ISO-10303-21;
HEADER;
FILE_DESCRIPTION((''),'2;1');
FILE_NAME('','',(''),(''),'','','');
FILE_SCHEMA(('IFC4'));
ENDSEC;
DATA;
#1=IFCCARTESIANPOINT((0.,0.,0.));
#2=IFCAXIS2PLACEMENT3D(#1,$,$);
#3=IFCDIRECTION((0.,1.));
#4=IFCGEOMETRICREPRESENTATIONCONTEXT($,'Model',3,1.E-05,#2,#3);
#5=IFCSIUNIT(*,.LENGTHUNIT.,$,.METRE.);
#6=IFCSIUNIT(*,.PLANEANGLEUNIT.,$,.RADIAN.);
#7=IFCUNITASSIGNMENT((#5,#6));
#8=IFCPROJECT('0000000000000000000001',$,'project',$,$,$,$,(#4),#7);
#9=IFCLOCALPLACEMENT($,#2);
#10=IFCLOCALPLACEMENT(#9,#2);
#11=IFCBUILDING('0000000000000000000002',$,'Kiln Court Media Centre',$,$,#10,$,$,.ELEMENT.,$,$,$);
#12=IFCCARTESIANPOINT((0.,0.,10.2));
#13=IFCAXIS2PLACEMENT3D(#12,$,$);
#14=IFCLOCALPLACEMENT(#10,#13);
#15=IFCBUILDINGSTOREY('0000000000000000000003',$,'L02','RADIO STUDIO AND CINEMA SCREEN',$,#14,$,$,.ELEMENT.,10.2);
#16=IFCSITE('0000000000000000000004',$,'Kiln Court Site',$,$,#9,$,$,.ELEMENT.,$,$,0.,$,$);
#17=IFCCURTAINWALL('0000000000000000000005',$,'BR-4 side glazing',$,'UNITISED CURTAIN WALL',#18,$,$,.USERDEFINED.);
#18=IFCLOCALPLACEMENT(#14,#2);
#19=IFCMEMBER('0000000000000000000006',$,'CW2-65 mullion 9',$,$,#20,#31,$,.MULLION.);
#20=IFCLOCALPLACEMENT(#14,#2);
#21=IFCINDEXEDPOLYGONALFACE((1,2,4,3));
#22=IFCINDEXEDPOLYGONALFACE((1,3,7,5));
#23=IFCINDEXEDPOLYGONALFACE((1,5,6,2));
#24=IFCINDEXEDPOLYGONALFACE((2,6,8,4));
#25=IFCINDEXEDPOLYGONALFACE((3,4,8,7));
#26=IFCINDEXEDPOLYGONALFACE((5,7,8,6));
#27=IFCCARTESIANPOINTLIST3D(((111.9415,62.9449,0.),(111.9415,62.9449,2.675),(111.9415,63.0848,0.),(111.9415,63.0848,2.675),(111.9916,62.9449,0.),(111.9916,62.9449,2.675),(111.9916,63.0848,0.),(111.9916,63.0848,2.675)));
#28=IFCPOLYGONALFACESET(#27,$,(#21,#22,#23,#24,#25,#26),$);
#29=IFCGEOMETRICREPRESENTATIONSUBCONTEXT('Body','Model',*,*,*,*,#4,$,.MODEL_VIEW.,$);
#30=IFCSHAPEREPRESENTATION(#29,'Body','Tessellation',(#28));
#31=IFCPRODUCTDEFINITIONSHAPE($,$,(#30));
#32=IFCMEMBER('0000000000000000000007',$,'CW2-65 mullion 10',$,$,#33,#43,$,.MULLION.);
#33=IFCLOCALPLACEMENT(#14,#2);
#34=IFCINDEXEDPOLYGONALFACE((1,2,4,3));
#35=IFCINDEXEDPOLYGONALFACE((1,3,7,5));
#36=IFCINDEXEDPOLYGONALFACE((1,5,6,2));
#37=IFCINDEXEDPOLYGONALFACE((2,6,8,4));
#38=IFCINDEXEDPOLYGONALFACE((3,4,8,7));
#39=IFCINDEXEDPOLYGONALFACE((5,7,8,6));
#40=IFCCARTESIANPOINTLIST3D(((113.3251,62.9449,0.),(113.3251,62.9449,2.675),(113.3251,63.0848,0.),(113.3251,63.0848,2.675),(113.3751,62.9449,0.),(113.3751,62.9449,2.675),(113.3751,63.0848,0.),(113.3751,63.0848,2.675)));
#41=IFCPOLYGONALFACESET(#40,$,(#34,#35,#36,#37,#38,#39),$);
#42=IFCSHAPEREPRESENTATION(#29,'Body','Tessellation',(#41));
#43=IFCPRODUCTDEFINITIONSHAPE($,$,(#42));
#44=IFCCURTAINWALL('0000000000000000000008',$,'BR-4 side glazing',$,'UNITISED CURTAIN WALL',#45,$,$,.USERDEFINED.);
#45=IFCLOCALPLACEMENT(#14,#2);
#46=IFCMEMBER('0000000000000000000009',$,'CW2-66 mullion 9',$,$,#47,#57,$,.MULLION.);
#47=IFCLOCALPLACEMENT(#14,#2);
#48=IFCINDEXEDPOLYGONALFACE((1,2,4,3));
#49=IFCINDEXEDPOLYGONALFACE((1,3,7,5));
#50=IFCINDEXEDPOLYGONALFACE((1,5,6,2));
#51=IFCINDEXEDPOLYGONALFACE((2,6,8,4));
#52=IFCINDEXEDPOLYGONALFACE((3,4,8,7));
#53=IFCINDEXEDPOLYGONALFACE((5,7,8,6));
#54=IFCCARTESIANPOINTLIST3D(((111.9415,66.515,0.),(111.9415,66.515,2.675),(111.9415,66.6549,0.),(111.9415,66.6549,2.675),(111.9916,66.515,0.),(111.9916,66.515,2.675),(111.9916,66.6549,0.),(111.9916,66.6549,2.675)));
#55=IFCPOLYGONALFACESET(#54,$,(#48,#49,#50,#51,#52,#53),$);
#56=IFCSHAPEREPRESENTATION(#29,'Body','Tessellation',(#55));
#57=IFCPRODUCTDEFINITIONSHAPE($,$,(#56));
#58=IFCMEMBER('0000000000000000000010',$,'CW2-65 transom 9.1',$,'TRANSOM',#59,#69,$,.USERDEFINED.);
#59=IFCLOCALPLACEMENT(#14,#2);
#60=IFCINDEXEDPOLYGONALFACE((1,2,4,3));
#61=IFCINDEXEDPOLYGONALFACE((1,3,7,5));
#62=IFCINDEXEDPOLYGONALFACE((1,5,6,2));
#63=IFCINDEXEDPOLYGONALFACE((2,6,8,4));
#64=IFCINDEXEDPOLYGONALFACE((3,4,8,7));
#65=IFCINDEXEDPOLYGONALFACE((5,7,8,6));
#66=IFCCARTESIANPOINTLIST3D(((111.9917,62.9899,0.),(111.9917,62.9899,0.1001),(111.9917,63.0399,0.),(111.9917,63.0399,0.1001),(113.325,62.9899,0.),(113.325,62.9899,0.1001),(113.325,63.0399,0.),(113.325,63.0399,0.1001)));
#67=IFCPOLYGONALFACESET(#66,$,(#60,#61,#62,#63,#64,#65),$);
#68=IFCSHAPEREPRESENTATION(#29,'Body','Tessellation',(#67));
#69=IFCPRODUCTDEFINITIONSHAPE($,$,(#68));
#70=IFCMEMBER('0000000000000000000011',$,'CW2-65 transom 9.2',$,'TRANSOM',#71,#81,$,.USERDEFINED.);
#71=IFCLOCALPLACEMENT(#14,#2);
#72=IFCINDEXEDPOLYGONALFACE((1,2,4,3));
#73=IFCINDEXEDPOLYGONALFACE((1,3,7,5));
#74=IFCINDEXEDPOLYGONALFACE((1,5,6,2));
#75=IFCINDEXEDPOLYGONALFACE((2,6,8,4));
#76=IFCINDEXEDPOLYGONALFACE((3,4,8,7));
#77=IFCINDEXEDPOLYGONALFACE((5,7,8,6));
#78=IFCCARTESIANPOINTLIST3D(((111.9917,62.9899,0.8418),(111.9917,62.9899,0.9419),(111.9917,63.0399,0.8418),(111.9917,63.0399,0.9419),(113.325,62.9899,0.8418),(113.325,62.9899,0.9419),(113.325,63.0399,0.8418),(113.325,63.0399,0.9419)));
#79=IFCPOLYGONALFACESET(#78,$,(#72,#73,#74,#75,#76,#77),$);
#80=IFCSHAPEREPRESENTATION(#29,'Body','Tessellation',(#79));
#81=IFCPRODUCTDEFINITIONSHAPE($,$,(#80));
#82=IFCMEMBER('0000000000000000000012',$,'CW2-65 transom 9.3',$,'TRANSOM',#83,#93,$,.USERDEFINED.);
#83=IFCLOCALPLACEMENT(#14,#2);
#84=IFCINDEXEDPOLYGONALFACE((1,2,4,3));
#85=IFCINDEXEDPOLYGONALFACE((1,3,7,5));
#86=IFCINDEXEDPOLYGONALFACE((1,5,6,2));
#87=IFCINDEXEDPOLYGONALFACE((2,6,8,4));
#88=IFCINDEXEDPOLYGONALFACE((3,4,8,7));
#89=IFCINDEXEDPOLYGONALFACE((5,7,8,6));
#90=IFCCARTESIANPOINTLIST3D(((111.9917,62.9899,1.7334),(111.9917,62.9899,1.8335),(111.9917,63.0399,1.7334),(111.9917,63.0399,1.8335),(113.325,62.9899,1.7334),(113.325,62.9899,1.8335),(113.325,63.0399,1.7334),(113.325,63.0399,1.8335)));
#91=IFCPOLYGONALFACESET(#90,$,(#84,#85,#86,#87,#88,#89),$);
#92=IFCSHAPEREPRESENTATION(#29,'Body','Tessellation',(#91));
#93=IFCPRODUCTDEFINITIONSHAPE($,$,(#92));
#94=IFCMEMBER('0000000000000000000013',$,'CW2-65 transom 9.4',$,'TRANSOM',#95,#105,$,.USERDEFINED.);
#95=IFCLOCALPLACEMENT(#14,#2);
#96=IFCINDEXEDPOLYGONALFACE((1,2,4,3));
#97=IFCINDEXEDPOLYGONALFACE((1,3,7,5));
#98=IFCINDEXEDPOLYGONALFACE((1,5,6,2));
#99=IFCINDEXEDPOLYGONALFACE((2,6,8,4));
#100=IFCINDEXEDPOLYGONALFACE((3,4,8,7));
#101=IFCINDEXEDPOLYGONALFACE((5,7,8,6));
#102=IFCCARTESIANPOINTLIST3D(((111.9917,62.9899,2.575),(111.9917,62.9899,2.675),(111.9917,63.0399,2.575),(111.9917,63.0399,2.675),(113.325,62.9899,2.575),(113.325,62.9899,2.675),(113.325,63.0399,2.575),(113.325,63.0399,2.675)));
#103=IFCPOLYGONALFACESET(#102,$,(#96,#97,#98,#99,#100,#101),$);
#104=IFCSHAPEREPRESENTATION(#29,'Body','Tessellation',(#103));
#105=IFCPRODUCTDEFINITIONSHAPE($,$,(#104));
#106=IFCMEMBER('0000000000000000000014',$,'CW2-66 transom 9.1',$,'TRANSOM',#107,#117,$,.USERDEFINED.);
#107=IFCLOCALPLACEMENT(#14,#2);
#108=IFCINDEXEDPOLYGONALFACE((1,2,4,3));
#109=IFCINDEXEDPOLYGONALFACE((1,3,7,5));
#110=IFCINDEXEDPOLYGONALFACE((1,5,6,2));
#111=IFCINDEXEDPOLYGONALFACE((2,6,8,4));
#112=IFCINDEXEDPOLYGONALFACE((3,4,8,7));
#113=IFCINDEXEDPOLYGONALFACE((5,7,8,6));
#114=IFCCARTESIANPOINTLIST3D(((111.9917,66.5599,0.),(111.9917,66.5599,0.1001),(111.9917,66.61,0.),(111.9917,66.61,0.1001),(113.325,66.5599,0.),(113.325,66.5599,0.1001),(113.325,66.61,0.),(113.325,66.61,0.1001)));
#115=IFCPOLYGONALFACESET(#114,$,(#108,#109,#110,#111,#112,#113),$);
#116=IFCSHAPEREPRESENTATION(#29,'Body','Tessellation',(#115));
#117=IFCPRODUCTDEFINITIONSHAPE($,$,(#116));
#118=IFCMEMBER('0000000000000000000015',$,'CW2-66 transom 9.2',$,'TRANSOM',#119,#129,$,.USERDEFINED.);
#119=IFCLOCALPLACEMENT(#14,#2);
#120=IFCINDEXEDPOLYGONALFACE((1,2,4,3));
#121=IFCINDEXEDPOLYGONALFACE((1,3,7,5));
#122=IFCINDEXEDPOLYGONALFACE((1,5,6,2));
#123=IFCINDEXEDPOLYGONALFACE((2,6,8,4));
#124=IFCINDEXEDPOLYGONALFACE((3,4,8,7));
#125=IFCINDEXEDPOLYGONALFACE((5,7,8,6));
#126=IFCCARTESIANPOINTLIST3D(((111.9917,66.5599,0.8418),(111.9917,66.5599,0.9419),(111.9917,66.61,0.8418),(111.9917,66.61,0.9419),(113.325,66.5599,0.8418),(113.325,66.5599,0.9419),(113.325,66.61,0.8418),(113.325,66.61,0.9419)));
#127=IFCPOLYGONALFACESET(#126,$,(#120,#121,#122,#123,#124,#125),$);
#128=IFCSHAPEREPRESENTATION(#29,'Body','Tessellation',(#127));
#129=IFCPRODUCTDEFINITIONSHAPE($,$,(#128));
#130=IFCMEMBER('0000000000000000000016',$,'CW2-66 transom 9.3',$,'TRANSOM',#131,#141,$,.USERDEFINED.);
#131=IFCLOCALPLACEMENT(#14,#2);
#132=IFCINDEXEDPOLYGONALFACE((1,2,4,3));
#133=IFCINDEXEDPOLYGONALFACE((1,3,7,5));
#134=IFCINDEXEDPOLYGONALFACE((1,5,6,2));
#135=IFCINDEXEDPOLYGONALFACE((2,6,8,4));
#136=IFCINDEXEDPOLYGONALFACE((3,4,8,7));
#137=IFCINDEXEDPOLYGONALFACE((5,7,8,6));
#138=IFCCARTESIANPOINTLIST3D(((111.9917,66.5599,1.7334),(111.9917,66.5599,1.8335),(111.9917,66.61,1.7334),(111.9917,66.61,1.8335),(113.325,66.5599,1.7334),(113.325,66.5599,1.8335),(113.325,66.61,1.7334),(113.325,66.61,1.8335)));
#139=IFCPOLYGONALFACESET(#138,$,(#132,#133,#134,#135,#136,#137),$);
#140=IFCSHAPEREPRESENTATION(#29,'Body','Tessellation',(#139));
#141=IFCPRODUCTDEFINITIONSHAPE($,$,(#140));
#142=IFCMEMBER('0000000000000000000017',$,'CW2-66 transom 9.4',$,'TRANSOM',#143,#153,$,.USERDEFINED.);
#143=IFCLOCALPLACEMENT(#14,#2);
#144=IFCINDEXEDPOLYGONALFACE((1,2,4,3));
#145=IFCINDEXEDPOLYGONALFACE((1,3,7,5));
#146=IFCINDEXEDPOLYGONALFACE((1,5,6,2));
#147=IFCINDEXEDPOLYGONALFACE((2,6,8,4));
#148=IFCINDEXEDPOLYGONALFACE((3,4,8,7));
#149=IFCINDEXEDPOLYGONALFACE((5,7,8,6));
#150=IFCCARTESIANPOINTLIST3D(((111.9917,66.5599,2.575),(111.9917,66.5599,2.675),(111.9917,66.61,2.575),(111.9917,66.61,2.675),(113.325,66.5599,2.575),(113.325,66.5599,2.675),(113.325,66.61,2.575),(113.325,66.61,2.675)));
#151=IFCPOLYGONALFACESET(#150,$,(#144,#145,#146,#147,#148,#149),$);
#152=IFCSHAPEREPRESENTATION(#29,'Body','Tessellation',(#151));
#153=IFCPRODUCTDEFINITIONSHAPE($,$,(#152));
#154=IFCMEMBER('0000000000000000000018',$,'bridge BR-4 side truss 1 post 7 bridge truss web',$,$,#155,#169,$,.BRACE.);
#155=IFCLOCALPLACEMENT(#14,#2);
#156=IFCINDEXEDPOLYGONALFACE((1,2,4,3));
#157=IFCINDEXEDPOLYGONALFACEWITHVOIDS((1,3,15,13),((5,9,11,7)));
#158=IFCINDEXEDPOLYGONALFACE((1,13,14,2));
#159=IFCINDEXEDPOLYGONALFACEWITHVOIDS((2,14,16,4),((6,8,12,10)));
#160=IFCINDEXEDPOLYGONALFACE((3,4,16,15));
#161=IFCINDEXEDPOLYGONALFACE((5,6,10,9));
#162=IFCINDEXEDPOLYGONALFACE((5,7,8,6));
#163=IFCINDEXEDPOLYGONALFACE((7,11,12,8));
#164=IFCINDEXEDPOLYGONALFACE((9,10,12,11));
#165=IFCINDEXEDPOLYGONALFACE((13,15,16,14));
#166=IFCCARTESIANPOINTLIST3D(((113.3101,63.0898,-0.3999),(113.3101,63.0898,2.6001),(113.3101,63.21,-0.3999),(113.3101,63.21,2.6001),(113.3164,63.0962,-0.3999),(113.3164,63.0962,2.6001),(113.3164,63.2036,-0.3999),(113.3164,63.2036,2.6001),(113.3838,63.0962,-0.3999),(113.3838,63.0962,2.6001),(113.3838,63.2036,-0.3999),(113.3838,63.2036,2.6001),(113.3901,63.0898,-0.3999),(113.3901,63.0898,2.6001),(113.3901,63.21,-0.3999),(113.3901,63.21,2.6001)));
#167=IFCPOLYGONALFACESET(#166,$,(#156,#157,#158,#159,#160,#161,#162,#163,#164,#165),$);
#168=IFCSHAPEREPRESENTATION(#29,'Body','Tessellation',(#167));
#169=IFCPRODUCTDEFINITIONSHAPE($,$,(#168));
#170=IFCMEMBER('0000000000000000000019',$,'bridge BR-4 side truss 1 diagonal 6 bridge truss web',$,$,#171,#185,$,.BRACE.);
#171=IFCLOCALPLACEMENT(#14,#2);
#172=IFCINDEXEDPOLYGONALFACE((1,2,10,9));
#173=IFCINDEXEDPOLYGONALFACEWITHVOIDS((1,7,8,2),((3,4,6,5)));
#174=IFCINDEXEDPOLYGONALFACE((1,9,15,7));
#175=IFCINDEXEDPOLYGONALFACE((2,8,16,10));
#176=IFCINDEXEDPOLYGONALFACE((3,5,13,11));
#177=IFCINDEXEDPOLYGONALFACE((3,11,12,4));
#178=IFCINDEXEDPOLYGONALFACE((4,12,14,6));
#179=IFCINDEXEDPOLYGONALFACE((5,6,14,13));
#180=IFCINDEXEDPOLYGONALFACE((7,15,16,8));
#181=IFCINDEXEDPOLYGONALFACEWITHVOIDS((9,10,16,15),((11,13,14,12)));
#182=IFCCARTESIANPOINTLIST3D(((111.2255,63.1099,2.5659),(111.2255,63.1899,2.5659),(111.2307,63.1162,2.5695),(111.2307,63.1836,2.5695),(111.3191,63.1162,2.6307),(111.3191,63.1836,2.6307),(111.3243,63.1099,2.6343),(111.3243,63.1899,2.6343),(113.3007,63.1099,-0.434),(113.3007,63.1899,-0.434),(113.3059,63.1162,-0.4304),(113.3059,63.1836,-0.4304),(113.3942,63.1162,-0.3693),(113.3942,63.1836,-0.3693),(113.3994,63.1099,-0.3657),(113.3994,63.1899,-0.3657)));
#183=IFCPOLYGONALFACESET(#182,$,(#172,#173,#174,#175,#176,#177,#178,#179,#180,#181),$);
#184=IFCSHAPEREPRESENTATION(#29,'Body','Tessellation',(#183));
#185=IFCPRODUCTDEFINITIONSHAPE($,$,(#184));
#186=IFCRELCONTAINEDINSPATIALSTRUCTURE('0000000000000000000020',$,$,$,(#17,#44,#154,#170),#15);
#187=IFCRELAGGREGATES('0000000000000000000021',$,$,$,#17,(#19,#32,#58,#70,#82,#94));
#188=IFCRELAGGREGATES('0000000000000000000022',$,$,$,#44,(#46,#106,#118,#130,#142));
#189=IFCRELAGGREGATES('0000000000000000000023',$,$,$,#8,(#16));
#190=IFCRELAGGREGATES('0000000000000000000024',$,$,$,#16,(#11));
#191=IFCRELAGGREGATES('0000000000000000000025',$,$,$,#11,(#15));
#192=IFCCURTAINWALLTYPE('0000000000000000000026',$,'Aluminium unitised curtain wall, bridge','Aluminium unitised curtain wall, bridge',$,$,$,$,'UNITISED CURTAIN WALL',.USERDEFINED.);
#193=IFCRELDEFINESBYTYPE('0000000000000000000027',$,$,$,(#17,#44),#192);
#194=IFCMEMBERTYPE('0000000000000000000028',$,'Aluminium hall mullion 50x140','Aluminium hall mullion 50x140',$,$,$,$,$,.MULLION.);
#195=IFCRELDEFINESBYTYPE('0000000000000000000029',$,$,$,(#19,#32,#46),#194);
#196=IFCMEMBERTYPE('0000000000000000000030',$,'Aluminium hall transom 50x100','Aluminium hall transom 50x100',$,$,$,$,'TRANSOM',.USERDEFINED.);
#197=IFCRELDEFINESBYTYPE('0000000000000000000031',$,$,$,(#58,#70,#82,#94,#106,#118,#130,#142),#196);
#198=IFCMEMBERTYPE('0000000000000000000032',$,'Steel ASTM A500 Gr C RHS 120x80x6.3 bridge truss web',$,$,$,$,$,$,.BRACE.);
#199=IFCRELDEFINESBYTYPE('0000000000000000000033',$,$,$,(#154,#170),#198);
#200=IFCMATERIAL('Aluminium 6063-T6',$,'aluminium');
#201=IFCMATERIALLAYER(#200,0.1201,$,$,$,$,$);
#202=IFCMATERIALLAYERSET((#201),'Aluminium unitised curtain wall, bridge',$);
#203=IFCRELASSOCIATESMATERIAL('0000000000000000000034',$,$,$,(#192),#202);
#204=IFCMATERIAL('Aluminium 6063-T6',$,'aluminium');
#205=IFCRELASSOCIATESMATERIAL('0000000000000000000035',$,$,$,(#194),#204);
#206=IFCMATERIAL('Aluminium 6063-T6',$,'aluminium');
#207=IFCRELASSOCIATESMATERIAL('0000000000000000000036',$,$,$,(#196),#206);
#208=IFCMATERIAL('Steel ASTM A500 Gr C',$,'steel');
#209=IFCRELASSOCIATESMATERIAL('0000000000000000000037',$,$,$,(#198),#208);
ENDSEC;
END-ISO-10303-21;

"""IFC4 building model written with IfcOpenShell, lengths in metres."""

from ifc_helpers import new_model, si_unit, direction, frame, origin, origin_2d, place, context, subcontext, project, spatial, rectangle, hollow_rectangle, extrude, material, layer, layer_set, material_profile, profile_set, type_object, element, aggregate, save


model = new_model("IFC4")

# Units and contexts
model_context = context("Model", 3, precision=1e-05, world=origin(), true_north=direction((0.0, 1.0)))
body_context = subcontext(model_context, "Body", "Model", "MODEL_VIEW")
ifc_project = project(units=[si_unit("LENGTHUNIT", "METRE"), si_unit("PLANEANGLEUNIT", "RADIAN")], contexts=[model_context])

# Site, building, storey
site_placement = place(None, origin())
site = spatial("IfcSite", under=ifc_project, at=site_placement, Name="Kiln Court Site", CompositionType="ELEMENT", RefElevation=0.0)
building_placement = place(site_placement, origin())
building = spatial("IfcBuilding", under=site, at=building_placement, Name="Kiln Court Media Centre", CompositionType="ELEMENT")
storey_placement = place(building_placement, frame((0.0, 0.0, 10.2)))
storey = spatial("IfcBuildingStorey", under=building, at=storey_placement, Name="L02", Description="RADIO STUDIO AND CINEMA SCREEN", CompositionType="ELEMENT", Elevation=10.2)

# Curtain wall, members
ifc_material_1 = material(Name="Aluminium 6063-T6", Category="aluminium")
ifc_layer_1 = layer(ifc_material_1, 0.1201)
ifc_layer_set_1 = layer_set([ifc_layer_1], Name="Aluminium unitised curtain wall, bridge")
curtain_wall_type = type_object("IfcCurtainWallType", Name="Aluminium unitised curtain wall, bridge", Description="Aluminium unitised curtain wall, bridge", ElementType="UNITISED CURTAIN WALL", PredefinedType="USERDEFINED", material=ifc_layer_set_1)
curtain_wall_1_placement = place(storey_placement, origin())
curtain_wall_1 = element("IfcCurtainWall", 1, at=curtain_wall_1_placement, inside=storey, type_object=curtain_wall_type, Name="BR-4 side glazing", ObjectType="UNITISED CURTAIN WALL", PredefinedType="USERDEFINED")
ifc_material_2 = material(Name="Aluminium 6063-T6", Category="aluminium")
ifc_material_profile_1 = material_profile(ifc_material_2, rectangle(XDim=0.05, YDim=0.1399, at=origin_2d()), Name="Aluminium hall mullion 50x140")
ifc_profile_set_1 = profile_set([ifc_material_profile_1], Name="Aluminium 6063-T6")
member_type_1 = type_object("IfcMemberType", Name="Aluminium hall mullion 50x140", Description="Aluminium hall mullion 50x140", PredefinedType="MULLION", material=ifc_profile_set_1)
member_1_placement = place(storey_placement, frame((111.9666, 63.0149, 0.0), z_axis=(0.0, 0.0, 1.0), x_axis=(1.0, 0.0, 0.0)))
member_1 = element("IfcMember", 2, at=member_1_placement, type_object=member_type_1, Name="CW2-65 mullion 9", PredefinedType="MULLION", context=body_context, shape_type="SweptSolid", body=[
    extrude(rectangle(XDim=0.05, YDim=0.1399, at=origin_2d()), origin(), (0.0, 0.0, 1.0), 2.675),
])
member_2_placement = place(storey_placement, frame((113.3501, 63.0149, 0.0), z_axis=(0.0, 0.0, 1.0), x_axis=(1.0, 0.0, 0.0)))
member_2 = element("IfcMember", 3, at=member_2_placement, type_object=member_type_1, Name="CW2-65 mullion 10", PredefinedType="MULLION", context=body_context, shape_type="SweptSolid", body=[
    extrude(rectangle(XDim=0.05, YDim=0.1399, at=origin_2d()), origin(), (0.0, 0.0, 1.0), 2.675),
])

# Curtain wall, member
curtain_wall_2_placement = place(storey_placement, origin())
curtain_wall_2 = element("IfcCurtainWall", 4, at=curtain_wall_2_placement, inside=storey, type_object=curtain_wall_type, Name="BR-4 side glazing", ObjectType="UNITISED CURTAIN WALL", PredefinedType="USERDEFINED")
member_3_placement = place(storey_placement, frame((111.9666, 66.585, 0.0), z_axis=(0.0, 0.0, 1.0), x_axis=(1.0, 0.0, 0.0)))
member_3 = element("IfcMember", 5, at=member_3_placement, type_object=member_type_1, Name="CW2-66 mullion 9", PredefinedType="MULLION", context=body_context, shape_type="SweptSolid", body=[
    extrude(rectangle(XDim=0.05, YDim=0.1399, at=origin_2d()), origin(), (0.0, 0.0, 1.0), 2.675),
])

# Members
ifc_material_3 = material(Name="Aluminium 6063-T6", Category="aluminium")
ifc_material_profile_2 = material_profile(ifc_material_3, rectangle(XDim=0.05, YDim=0.1001, at=origin_2d()), Name="Aluminium hall transom 50x100")
ifc_profile_set_2 = profile_set([ifc_material_profile_2], Name="Aluminium 6063-T6")
member_type_2 = type_object("IfcMemberType", Name="Aluminium hall transom 50x100", Description="Aluminium hall transom 50x100", ElementType="TRANSOM", PredefinedType="USERDEFINED", material=ifc_profile_set_2)
member_4_placement = place(storey_placement, frame((111.9917, 63.0149, 0.05), z_axis=(1.0, 0.0, 0.0), x_axis=(0.0, 1.0, 0.0)))
member_4 = element("IfcMember", 6, at=member_4_placement, type_object=member_type_2, Name="CW2-65 transom 9.1", ObjectType="TRANSOM", PredefinedType="USERDEFINED", context=body_context, shape_type="SweptSolid", body=[
    extrude(rectangle(XDim=0.05, YDim=0.1001, at=origin_2d()), origin(), (0.0, 0.0, 1.0), 1.3333),
])
member_5_placement = place(storey_placement, frame((111.9917, 63.0149, 0.8918), z_axis=(1.0, 0.0, 0.0), x_axis=(0.0, 1.0, 0.0)))
member_5 = element("IfcMember", 7, at=member_5_placement, type_object=member_type_2, Name="CW2-65 transom 9.2", ObjectType="TRANSOM", PredefinedType="USERDEFINED", context=body_context, shape_type="SweptSolid", body=[
    extrude(rectangle(XDim=0.05, YDim=0.1001, at=origin_2d()), origin(), (0.0, 0.0, 1.0), 1.3333),
])
member_6_placement = place(storey_placement, frame((111.9917, 63.0149, 1.7834), z_axis=(1.0, 0.0, 0.0), x_axis=(0.0, 1.0, 0.0)))
member_6 = element("IfcMember", 8, at=member_6_placement, type_object=member_type_2, Name="CW2-65 transom 9.3", ObjectType="TRANSOM", PredefinedType="USERDEFINED", context=body_context, shape_type="SweptSolid", body=[
    extrude(rectangle(XDim=0.05, YDim=0.1001, at=origin_2d()), origin(), (0.0, 0.0, 1.0), 1.3333),
])
member_7_placement = place(storey_placement, frame((111.9917, 63.0149, 2.625), z_axis=(1.0, 0.0, 0.0), x_axis=(0.0, 1.0, 0.0)))
member_7 = element("IfcMember", 9, at=member_7_placement, type_object=member_type_2, Name="CW2-65 transom 9.4", ObjectType="TRANSOM", PredefinedType="USERDEFINED", context=body_context, shape_type="SweptSolid", body=[
    extrude(rectangle(XDim=0.05, YDim=0.1001, at=origin_2d()), origin(), (0.0, 0.0, 1.0), 1.3333),
])
member_8_placement = place(storey_placement, frame((111.9917, 66.585, 0.05), z_axis=(1.0, 0.0, 0.0), x_axis=(0.0, 1.0, 0.0)))
member_8 = element("IfcMember", 10, at=member_8_placement, type_object=member_type_2, Name="CW2-66 transom 9.1", ObjectType="TRANSOM", PredefinedType="USERDEFINED", context=body_context, shape_type="SweptSolid", body=[
    extrude(rectangle(XDim=0.05, YDim=0.1001, at=origin_2d()), origin(), (0.0, 0.0, 1.0), 1.3333),
])
member_9_placement = place(storey_placement, frame((111.9917, 66.585, 0.8918), z_axis=(1.0, 0.0, 0.0), x_axis=(0.0, 1.0, 0.0)))
member_9 = element("IfcMember", 11, at=member_9_placement, type_object=member_type_2, Name="CW2-66 transom 9.2", ObjectType="TRANSOM", PredefinedType="USERDEFINED", context=body_context, shape_type="SweptSolid", body=[
    extrude(rectangle(XDim=0.05, YDim=0.1001, at=origin_2d()), origin(), (0.0, 0.0, 1.0), 1.3333),
])
member_10_placement = place(storey_placement, frame((111.9917, 66.585, 1.7834), z_axis=(1.0, 0.0, 0.0), x_axis=(0.0, 1.0, 0.0)))
member_10 = element("IfcMember", 12, at=member_10_placement, type_object=member_type_2, Name="CW2-66 transom 9.3", ObjectType="TRANSOM", PredefinedType="USERDEFINED", context=body_context, shape_type="SweptSolid", body=[
    extrude(rectangle(XDim=0.05, YDim=0.1001, at=origin_2d()), origin(), (0.0, 0.0, 1.0), 1.3333),
])
member_11_placement = place(storey_placement, frame((111.9917, 66.585, 2.625), z_axis=(1.0, 0.0, 0.0), x_axis=(0.0, 1.0, 0.0)))
member_11 = element("IfcMember", 13, at=member_11_placement, type_object=member_type_2, Name="CW2-66 transom 9.4", ObjectType="TRANSOM", PredefinedType="USERDEFINED", context=body_context, shape_type="SweptSolid", body=[
    extrude(rectangle(XDim=0.05, YDim=0.1001, at=origin_2d()), origin(), (0.0, 0.0, 1.0), 1.3333),
])

# Members
ifc_material_4 = material(Name="Steel ASTM A500 Gr C", Category="steel")
ifc_material_profile_3 = material_profile(ifc_material_4, hollow_rectangle(XDim=0.0801, YDim=0.1201, WallThickness=0.0063, at=origin_2d()), Name="RHS 120x80x6.3")
ifc_profile_set_3 = profile_set([ifc_material_profile_3], Name="Steel ASTM A500 Gr C")
member_type_3 = type_object("IfcMemberType", Name="Steel ASTM A500 Gr C RHS 120x80x6.3 bridge truss web", PredefinedType="BRACE", material=ifc_profile_set_3)
member_12_placement = place(storey_placement, frame((113.3501, 63.1499, -0.3999), z_axis=(0.0, 0.0, 1.0), x_axis=(1.0, 0.0, 0.0)))
element("IfcMember", 14, at=member_12_placement, inside=storey, type_object=member_type_3, Name="bridge BR-4 side truss 1 post 7 bridge truss web", PredefinedType="BRACE", context=body_context, shape_type="SweptSolid", body=[
    extrude(hollow_rectangle(XDim=0.0801, YDim=0.1201, WallThickness=0.0063, at=origin_2d()), origin(), (0.0, 0.0, 1.0), 3.0),
])
for number, where, z_axis, x_axis, name in (
    (15, (111.2749, 63.1499, 2.6001), (0.56889, 0.0, -0.822414), (0.0, 1.0, 0.0), "bridge BR-4 side truss 1 diagonal 6 bridge truss web"),
):
    element("IfcMember", number, at=place(storey_placement, frame(where, z_axis=z_axis, x_axis=x_axis)), inside=storey, type_object=member_type_3, Name=name, PredefinedType="BRACE", context=body_context, shape_type="SweptSolid", body=[
        extrude(hollow_rectangle(XDim=0.0801, YDim=0.1201, WallThickness=0.0063, at=origin_2d()), origin(), (0.0, 0.0, 1.0), 3.6477),
    ])

aggregate(curtain_wall_1, [member_1, member_2, member_4, member_5, member_6, member_7])
aggregate(curtain_wall_2, [member_3, member_8, member_9, member_10, member_11])

save(model, "model.ifc")
